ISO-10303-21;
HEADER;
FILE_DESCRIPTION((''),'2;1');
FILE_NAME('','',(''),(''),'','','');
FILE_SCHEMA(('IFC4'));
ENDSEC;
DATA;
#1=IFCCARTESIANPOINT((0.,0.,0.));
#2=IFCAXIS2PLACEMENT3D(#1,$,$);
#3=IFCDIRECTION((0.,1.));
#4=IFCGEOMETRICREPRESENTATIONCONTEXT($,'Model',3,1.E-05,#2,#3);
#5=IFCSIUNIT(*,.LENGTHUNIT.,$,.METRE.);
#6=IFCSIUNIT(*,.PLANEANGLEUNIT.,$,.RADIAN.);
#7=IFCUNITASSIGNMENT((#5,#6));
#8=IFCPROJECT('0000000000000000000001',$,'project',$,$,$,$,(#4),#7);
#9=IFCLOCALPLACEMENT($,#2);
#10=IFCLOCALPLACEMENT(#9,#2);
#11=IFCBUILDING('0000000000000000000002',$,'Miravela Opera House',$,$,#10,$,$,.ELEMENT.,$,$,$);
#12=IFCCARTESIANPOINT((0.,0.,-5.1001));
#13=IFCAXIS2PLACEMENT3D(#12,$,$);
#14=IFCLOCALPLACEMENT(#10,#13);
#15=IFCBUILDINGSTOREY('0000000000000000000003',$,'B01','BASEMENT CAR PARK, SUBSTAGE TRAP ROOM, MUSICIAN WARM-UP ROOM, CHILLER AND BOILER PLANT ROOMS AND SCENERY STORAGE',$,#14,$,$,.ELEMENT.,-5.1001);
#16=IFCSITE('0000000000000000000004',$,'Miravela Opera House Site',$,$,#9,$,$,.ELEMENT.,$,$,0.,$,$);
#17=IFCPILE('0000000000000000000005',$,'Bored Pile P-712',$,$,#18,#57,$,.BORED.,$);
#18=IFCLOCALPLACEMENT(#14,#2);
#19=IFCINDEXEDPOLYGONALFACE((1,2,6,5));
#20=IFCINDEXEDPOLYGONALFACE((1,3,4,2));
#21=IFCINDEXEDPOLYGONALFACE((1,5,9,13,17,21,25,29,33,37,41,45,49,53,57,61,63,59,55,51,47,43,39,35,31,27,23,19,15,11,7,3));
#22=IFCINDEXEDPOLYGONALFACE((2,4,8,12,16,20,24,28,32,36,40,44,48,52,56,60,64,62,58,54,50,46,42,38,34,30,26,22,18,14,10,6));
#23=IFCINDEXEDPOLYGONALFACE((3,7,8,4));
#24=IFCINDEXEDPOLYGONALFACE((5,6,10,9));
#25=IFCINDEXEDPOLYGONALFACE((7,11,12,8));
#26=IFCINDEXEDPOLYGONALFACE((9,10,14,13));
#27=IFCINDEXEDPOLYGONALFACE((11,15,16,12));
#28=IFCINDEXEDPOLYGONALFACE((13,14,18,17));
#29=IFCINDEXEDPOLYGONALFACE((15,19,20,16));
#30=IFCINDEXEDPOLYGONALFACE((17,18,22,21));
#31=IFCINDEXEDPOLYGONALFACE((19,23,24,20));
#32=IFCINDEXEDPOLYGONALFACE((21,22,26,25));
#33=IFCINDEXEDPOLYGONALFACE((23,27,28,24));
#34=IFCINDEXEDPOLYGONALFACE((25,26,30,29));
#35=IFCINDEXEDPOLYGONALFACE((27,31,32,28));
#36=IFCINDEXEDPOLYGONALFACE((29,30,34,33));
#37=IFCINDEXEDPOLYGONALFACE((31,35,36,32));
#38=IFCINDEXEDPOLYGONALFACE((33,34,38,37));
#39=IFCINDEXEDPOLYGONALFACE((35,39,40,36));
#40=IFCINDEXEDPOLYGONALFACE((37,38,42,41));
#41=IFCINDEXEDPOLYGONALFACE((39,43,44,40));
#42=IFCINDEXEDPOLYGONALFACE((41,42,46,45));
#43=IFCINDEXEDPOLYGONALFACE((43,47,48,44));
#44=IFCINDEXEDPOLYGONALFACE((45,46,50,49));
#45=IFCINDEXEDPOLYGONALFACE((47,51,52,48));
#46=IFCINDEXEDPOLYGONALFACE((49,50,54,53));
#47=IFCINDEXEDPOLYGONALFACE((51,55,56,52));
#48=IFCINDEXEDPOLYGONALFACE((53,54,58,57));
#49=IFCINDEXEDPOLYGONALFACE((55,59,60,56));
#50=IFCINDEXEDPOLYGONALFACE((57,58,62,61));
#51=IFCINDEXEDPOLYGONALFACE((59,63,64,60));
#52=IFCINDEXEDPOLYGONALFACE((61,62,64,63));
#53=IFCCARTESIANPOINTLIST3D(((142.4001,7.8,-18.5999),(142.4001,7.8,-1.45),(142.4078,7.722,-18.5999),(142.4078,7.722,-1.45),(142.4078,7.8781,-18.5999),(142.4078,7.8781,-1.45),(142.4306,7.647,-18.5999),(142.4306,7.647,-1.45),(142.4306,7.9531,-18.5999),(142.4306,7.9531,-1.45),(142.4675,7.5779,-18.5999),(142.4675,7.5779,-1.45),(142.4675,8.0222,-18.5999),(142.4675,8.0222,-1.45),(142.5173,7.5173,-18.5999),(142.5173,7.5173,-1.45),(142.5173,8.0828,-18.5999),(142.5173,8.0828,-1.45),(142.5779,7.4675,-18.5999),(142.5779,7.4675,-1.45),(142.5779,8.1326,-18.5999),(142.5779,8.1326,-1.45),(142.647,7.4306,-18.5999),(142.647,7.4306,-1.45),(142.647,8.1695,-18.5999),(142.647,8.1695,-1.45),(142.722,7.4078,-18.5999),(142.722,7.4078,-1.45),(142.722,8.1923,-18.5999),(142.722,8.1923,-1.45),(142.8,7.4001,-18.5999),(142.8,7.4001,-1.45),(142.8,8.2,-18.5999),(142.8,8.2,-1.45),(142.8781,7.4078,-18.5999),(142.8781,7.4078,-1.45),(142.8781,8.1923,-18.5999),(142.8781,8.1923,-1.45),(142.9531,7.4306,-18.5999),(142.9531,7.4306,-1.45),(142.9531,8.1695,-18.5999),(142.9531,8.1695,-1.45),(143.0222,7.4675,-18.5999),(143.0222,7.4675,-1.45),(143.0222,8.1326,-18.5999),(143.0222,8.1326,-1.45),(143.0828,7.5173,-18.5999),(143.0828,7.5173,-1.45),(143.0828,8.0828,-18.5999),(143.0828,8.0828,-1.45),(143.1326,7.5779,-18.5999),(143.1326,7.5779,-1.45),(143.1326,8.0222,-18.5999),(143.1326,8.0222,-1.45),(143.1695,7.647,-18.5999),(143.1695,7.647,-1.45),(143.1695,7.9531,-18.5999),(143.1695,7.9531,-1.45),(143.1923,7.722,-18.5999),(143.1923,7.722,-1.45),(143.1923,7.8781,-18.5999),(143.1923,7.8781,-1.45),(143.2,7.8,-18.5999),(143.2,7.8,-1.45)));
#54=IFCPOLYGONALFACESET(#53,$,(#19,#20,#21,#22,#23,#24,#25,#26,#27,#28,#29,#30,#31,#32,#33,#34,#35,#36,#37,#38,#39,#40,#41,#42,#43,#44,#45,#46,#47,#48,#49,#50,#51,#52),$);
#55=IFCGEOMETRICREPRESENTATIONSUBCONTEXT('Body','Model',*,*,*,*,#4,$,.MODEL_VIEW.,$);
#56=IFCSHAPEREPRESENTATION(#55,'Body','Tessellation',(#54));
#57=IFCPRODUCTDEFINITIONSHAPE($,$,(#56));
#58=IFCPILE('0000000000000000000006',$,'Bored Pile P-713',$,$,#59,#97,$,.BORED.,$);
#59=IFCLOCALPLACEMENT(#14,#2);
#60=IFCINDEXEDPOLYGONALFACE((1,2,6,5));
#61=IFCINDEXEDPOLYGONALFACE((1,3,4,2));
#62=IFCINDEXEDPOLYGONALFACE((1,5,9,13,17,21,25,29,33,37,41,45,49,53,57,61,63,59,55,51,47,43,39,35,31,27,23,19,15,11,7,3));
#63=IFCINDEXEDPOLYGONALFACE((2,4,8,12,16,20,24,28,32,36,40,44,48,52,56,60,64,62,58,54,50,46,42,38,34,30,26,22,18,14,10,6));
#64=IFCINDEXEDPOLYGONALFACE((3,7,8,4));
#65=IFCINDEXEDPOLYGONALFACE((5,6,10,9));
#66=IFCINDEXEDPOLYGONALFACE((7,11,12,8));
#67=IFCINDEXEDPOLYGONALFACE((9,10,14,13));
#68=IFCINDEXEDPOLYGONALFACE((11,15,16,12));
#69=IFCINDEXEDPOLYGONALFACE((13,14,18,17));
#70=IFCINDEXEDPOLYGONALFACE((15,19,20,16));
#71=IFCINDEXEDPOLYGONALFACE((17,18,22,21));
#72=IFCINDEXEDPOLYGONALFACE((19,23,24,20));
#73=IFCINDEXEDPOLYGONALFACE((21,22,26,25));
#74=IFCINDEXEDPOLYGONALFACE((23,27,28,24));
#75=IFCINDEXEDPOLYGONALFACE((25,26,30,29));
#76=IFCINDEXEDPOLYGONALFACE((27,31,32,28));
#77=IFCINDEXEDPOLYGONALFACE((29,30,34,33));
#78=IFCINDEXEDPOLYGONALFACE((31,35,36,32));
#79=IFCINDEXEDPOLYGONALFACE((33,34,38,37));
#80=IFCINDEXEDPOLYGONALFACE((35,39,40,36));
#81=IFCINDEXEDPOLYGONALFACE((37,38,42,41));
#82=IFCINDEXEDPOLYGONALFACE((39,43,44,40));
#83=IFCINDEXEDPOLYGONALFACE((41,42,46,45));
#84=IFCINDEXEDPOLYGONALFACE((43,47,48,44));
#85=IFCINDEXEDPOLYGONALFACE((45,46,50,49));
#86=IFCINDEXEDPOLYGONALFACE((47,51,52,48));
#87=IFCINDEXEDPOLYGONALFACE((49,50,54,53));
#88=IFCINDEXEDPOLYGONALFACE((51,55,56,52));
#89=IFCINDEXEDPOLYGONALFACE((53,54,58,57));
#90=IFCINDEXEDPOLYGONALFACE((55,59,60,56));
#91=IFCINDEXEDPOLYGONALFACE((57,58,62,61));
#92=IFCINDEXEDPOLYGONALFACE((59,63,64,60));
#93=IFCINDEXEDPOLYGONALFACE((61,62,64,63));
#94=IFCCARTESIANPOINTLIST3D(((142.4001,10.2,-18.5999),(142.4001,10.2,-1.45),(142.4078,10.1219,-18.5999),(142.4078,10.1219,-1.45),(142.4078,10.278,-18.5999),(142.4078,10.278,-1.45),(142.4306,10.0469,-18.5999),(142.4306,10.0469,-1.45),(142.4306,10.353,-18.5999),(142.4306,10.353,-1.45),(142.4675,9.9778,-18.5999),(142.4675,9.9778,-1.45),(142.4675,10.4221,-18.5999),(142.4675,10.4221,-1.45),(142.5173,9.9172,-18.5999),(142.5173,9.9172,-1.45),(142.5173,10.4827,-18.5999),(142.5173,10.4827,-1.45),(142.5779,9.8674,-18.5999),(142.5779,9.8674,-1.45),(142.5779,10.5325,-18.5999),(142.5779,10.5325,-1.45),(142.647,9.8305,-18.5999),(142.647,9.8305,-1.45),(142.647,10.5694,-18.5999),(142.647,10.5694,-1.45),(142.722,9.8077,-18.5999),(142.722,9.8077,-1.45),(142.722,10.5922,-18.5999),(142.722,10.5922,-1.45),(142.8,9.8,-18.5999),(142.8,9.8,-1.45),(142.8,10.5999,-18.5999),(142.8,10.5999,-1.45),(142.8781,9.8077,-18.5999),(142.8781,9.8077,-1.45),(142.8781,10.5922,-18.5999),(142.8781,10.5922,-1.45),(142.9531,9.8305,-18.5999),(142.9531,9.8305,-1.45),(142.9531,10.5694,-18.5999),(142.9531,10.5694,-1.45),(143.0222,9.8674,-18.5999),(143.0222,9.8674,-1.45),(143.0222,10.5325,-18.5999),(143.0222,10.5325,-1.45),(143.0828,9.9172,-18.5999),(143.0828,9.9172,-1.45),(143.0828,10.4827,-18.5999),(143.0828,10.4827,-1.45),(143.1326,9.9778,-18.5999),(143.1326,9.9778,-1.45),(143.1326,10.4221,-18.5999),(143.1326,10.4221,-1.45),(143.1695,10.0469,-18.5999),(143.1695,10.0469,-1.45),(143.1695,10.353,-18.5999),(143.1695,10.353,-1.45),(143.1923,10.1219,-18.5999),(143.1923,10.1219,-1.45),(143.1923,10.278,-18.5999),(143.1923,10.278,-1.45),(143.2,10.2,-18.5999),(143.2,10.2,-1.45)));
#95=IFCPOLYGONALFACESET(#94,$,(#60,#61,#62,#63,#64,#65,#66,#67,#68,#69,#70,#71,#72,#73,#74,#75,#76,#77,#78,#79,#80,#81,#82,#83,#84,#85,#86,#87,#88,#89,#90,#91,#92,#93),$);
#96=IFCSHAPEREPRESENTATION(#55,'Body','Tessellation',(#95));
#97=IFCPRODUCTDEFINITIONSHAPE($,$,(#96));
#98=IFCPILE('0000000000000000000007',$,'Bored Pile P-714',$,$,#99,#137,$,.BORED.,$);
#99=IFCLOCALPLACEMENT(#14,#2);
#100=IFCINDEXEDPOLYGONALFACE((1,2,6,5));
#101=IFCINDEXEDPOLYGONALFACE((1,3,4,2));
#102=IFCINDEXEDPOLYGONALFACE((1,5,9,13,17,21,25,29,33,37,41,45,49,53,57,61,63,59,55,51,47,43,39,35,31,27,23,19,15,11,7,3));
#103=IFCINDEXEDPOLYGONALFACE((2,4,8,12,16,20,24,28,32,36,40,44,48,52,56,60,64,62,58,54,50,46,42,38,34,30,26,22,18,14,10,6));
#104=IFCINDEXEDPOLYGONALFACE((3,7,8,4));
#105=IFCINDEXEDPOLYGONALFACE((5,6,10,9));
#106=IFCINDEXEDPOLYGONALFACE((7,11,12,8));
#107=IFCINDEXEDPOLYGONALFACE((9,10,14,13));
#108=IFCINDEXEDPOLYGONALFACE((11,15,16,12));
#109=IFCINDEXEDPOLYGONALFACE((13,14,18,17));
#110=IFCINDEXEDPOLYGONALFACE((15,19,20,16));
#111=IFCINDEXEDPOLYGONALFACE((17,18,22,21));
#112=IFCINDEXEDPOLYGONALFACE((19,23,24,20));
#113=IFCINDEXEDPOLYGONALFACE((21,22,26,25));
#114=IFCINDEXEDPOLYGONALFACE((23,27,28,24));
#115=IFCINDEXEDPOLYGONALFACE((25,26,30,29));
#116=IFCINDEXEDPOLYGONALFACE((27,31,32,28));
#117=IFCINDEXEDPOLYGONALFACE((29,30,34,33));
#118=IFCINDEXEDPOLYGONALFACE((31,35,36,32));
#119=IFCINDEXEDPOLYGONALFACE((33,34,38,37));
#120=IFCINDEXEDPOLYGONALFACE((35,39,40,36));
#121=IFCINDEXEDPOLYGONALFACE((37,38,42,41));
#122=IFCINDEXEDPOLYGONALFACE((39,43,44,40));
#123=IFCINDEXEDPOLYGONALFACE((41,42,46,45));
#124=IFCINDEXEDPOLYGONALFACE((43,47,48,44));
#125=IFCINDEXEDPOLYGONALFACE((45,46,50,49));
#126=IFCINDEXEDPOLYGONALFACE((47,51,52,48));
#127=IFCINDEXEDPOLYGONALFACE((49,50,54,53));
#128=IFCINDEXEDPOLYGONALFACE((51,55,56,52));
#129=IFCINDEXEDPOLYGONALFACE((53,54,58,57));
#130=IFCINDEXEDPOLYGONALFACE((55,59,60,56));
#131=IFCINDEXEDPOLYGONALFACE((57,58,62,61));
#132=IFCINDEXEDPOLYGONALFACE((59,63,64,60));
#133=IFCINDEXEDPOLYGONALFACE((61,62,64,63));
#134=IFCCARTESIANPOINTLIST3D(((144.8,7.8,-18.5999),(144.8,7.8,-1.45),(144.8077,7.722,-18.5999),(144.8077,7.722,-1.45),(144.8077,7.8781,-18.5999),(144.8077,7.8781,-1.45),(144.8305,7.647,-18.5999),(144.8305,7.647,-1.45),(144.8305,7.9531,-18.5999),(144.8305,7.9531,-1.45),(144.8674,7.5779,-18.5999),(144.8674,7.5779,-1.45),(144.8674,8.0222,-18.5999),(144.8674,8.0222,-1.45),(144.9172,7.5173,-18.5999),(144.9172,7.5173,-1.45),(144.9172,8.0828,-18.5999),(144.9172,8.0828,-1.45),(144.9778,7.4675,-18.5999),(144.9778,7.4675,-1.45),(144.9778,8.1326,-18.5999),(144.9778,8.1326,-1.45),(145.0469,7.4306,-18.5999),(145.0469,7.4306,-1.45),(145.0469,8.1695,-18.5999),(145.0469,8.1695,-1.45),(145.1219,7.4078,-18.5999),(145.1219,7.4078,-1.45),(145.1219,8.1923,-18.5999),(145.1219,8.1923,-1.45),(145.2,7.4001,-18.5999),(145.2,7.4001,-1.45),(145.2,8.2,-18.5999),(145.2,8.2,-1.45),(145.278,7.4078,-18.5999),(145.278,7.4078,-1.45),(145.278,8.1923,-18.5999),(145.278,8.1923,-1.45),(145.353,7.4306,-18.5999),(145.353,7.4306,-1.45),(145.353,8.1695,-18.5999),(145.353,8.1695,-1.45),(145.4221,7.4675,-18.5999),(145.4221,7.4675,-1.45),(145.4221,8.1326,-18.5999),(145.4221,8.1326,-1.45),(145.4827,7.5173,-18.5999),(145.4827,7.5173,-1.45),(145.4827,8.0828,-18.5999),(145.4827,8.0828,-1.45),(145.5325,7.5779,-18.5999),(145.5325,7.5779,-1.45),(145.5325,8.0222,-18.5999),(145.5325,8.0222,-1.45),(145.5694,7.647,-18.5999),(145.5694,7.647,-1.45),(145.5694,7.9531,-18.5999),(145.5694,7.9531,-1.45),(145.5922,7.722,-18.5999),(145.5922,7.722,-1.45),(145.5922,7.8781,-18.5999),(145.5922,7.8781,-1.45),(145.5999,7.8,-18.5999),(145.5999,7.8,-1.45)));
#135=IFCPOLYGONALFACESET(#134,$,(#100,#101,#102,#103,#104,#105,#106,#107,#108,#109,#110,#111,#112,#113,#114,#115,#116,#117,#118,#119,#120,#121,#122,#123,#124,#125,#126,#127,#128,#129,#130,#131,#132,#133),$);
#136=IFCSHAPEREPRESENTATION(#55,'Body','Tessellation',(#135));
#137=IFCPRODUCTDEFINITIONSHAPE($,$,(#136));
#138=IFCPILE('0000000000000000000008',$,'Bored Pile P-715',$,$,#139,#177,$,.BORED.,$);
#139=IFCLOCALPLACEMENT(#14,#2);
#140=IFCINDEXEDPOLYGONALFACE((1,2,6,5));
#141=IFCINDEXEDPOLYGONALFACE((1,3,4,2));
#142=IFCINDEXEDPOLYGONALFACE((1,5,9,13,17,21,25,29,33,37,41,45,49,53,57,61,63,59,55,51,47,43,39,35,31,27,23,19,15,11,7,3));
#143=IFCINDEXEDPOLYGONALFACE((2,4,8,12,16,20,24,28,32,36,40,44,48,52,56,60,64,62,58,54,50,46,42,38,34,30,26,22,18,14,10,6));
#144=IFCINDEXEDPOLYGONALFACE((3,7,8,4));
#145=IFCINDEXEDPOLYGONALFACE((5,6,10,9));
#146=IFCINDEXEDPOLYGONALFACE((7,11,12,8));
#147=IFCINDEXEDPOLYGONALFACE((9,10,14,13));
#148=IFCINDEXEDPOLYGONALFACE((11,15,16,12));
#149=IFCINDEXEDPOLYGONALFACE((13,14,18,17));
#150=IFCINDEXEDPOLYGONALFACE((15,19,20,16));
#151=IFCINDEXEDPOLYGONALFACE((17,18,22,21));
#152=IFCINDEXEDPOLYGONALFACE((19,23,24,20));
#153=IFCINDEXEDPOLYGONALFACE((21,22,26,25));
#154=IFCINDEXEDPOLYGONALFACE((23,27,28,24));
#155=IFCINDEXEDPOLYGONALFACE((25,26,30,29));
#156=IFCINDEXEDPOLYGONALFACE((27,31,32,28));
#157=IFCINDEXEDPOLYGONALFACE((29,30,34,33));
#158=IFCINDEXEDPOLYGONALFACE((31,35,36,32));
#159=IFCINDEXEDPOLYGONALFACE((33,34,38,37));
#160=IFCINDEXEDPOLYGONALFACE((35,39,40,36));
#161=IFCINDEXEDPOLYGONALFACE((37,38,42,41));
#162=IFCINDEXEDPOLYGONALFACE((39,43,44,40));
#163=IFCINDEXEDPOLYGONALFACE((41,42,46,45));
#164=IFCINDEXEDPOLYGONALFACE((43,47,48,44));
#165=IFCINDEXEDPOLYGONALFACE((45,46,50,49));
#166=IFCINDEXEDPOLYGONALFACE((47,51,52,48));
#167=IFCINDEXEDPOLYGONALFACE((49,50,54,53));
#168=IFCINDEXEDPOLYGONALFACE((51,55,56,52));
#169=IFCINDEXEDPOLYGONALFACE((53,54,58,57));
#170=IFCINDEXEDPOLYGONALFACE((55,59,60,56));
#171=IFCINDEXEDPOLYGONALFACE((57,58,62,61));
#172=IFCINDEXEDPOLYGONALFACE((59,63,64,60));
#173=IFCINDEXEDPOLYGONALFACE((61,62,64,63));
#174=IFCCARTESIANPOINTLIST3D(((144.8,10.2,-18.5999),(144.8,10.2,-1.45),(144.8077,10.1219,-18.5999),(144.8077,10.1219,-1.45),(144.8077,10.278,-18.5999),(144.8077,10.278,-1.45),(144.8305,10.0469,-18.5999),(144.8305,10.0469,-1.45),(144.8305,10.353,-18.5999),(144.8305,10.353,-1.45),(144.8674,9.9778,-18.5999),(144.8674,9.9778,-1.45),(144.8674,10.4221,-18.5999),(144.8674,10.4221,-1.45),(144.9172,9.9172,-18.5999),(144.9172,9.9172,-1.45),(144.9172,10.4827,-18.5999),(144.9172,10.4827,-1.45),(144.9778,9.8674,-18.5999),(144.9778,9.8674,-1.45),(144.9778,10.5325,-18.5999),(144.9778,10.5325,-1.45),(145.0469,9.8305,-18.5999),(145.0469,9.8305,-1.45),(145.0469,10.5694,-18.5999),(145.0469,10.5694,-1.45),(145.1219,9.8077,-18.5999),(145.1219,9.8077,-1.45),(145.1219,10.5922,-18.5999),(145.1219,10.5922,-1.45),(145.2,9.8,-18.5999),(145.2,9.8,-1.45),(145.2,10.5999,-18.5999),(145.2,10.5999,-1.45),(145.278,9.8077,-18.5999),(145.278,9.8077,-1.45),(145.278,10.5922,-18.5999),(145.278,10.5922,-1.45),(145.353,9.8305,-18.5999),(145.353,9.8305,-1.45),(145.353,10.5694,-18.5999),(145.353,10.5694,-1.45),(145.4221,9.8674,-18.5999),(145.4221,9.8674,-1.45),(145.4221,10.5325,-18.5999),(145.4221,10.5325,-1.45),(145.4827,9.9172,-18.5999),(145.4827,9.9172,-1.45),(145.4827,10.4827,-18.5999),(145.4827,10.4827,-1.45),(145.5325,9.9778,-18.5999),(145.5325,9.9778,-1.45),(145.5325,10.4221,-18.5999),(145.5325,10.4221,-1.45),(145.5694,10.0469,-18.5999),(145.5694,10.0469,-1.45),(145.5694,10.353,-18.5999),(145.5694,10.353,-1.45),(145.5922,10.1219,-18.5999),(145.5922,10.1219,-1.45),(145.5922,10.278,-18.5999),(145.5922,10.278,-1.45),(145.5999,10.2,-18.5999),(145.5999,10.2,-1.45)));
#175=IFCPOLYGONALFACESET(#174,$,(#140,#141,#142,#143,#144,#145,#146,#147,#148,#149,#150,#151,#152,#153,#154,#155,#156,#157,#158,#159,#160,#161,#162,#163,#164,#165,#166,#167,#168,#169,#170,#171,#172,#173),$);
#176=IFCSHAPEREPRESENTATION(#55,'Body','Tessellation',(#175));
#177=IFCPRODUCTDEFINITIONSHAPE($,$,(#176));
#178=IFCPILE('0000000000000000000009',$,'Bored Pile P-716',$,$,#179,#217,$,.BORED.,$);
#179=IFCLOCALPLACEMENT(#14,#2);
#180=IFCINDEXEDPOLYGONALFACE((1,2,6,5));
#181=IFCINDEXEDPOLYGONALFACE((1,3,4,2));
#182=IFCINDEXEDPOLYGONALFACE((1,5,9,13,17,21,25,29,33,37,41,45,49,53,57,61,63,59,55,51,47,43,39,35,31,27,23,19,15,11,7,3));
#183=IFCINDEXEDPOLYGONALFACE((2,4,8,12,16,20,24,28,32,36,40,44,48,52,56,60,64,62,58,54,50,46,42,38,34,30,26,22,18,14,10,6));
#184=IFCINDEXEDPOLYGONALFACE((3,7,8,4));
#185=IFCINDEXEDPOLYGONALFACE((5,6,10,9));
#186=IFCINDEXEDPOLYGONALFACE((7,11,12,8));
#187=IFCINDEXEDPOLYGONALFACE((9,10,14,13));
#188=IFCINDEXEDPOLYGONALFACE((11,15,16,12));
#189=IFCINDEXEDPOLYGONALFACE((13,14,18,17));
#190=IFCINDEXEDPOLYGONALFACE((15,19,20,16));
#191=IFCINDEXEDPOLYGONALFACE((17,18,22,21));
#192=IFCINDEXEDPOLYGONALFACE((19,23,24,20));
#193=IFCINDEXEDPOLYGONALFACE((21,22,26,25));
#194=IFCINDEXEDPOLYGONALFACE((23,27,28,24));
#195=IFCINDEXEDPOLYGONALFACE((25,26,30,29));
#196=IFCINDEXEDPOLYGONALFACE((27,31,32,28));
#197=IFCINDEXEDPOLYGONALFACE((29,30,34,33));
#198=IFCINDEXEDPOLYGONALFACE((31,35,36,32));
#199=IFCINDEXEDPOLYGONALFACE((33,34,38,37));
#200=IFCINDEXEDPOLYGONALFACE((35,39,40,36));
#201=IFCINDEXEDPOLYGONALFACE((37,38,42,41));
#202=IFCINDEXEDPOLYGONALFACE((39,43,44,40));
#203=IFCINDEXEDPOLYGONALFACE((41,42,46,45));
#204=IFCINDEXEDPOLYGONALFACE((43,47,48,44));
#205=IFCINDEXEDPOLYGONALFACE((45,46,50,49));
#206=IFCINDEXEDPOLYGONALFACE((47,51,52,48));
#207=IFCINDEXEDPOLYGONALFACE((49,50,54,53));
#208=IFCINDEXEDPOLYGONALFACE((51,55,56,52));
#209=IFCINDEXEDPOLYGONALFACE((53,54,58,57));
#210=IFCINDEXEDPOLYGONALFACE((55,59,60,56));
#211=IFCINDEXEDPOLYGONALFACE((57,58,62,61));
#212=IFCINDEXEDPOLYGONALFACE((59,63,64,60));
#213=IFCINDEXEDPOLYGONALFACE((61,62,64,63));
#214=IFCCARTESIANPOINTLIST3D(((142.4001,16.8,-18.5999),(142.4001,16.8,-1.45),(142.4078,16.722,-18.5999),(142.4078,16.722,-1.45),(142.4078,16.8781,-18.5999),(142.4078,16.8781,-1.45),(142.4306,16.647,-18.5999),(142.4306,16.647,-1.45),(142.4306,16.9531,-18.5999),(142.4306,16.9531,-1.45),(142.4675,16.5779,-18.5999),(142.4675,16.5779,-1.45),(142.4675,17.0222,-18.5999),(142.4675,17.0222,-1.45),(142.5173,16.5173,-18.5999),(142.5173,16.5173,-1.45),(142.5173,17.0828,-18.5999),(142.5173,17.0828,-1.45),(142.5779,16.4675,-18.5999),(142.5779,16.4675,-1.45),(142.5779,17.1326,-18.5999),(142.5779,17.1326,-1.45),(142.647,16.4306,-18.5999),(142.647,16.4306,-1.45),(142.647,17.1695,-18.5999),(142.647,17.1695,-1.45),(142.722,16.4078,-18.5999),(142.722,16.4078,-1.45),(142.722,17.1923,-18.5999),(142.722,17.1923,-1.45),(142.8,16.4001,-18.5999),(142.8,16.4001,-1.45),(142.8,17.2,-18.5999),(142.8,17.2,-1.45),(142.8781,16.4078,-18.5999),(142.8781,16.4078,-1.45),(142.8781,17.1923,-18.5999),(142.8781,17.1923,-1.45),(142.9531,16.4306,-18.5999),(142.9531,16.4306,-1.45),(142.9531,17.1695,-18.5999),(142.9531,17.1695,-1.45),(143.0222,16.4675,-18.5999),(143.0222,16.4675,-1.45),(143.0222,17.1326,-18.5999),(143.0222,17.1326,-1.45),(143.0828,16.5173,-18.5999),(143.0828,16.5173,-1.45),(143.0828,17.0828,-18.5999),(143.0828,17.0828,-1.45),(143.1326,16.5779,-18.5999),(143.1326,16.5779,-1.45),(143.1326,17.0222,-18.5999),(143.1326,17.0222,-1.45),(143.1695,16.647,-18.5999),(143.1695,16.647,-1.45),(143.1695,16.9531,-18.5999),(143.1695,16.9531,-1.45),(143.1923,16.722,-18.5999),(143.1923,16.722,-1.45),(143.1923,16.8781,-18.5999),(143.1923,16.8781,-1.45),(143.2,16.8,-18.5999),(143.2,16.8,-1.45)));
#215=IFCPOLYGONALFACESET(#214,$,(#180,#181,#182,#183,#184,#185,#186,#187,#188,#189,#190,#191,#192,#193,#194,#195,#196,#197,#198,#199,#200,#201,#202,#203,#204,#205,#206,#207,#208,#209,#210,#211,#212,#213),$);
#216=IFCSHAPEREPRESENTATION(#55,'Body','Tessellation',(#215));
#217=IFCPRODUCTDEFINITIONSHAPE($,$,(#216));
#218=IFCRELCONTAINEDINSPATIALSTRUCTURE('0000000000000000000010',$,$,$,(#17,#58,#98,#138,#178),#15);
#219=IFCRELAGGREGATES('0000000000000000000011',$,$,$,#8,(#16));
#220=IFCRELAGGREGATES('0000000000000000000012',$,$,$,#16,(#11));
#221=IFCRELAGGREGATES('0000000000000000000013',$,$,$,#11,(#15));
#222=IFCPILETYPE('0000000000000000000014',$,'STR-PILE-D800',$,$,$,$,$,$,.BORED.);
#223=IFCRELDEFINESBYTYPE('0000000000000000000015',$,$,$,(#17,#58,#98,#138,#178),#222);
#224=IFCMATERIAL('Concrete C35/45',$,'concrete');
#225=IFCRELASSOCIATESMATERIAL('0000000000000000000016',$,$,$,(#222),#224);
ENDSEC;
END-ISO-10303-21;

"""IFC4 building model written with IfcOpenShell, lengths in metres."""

from ifc_helpers import new_model, si_unit, direction, frame, origin, origin_2d, place, context, subcontext, project, spatial, circle, extrude, material, material_profile, profile_set, type_object, element, save


model = new_model("IFC4")

# Units and contexts
model_context = context("Model", 3, precision=1e-05, world=origin(), true_north=direction((0.0, 1.0)))
body_context = subcontext(model_context, "Body", "Model", "MODEL_VIEW")
ifc_project = project(units=[si_unit("LENGTHUNIT", "METRE"), si_unit("PLANEANGLEUNIT", "RADIAN")], contexts=[model_context])

# Site, building, storey
site_placement = place(None, origin())
site = spatial("IfcSite", under=ifc_project, at=site_placement, Name="Miravela Opera House Site", CompositionType="ELEMENT", RefElevation=0.0)
building_placement = place(site_placement, origin())
building = spatial("IfcBuilding", under=site, at=building_placement, Name="Miravela Opera House", CompositionType="ELEMENT")
storey_placement = place(building_placement, frame((0.0, 0.0, -5.1001)))
storey = spatial("IfcBuildingStorey", under=building, at=storey_placement, Name="B01", Description="BASEMENT CAR PARK, SUBSTAGE TRAP ROOM, MUSICIAN WARM-UP ROOM, CHILLER AND BOILER PLANT ROOMS AND SCENERY STORAGE", CompositionType="ELEMENT", Elevation=-5.1001)

# Shared definitions
ifc_material_1 = material(Name="Concrete C35/45", Category="concrete")

# Piles
ifc_material_profile_1 = material_profile(ifc_material_1, circle(Radius=0.3999, at=origin_2d()), Name="PILE-D800")
ifc_profile_set_1 = profile_set([ifc_material_profile_1])
pile_type = type_object("IfcPileType", Name="STR-PILE-D800", PredefinedType="BORED", material=ifc_profile_set_1)
for number, where, z_axis, x_axis, name in (
    (1, (142.8, 7.8, -1.45), (0.0, 0.0, -1.0), (1.0, 0.0, 0.0), "Bored Pile P-712"),
    (2, (142.8, 10.2, -1.45), (0.0, 0.0, -1.0), (1.0, 0.0, 0.0), "Bored Pile P-713"),
    (3, (145.2, 7.8, -1.45), (0.0, 0.0, -1.0), (1.0, 0.0, 0.0), "Bored Pile P-714"),
    (4, (145.2, 10.2, -1.45), (0.0, 0.0, -1.0), (1.0, 0.0, 0.0), "Bored Pile P-715"),
    (5, (142.8, 16.8, -1.45), (0.0, 0.0, -1.0), (1.0, 0.0, 0.0), "Bored Pile P-716"),
):
    element("IfcPile", number, at=place(storey_placement, frame(where, z_axis=z_axis, x_axis=x_axis)), inside=storey, type_object=pile_type, Name=name, PredefinedType="BORED", context=body_context, shape_type="SweptSolid", body=[
        extrude(circle(Radius=0.3999, at=origin_2d()), origin(), (0.0, 0.0, 1.0), 17.1499),
    ])

save(model, "model.ifc")
